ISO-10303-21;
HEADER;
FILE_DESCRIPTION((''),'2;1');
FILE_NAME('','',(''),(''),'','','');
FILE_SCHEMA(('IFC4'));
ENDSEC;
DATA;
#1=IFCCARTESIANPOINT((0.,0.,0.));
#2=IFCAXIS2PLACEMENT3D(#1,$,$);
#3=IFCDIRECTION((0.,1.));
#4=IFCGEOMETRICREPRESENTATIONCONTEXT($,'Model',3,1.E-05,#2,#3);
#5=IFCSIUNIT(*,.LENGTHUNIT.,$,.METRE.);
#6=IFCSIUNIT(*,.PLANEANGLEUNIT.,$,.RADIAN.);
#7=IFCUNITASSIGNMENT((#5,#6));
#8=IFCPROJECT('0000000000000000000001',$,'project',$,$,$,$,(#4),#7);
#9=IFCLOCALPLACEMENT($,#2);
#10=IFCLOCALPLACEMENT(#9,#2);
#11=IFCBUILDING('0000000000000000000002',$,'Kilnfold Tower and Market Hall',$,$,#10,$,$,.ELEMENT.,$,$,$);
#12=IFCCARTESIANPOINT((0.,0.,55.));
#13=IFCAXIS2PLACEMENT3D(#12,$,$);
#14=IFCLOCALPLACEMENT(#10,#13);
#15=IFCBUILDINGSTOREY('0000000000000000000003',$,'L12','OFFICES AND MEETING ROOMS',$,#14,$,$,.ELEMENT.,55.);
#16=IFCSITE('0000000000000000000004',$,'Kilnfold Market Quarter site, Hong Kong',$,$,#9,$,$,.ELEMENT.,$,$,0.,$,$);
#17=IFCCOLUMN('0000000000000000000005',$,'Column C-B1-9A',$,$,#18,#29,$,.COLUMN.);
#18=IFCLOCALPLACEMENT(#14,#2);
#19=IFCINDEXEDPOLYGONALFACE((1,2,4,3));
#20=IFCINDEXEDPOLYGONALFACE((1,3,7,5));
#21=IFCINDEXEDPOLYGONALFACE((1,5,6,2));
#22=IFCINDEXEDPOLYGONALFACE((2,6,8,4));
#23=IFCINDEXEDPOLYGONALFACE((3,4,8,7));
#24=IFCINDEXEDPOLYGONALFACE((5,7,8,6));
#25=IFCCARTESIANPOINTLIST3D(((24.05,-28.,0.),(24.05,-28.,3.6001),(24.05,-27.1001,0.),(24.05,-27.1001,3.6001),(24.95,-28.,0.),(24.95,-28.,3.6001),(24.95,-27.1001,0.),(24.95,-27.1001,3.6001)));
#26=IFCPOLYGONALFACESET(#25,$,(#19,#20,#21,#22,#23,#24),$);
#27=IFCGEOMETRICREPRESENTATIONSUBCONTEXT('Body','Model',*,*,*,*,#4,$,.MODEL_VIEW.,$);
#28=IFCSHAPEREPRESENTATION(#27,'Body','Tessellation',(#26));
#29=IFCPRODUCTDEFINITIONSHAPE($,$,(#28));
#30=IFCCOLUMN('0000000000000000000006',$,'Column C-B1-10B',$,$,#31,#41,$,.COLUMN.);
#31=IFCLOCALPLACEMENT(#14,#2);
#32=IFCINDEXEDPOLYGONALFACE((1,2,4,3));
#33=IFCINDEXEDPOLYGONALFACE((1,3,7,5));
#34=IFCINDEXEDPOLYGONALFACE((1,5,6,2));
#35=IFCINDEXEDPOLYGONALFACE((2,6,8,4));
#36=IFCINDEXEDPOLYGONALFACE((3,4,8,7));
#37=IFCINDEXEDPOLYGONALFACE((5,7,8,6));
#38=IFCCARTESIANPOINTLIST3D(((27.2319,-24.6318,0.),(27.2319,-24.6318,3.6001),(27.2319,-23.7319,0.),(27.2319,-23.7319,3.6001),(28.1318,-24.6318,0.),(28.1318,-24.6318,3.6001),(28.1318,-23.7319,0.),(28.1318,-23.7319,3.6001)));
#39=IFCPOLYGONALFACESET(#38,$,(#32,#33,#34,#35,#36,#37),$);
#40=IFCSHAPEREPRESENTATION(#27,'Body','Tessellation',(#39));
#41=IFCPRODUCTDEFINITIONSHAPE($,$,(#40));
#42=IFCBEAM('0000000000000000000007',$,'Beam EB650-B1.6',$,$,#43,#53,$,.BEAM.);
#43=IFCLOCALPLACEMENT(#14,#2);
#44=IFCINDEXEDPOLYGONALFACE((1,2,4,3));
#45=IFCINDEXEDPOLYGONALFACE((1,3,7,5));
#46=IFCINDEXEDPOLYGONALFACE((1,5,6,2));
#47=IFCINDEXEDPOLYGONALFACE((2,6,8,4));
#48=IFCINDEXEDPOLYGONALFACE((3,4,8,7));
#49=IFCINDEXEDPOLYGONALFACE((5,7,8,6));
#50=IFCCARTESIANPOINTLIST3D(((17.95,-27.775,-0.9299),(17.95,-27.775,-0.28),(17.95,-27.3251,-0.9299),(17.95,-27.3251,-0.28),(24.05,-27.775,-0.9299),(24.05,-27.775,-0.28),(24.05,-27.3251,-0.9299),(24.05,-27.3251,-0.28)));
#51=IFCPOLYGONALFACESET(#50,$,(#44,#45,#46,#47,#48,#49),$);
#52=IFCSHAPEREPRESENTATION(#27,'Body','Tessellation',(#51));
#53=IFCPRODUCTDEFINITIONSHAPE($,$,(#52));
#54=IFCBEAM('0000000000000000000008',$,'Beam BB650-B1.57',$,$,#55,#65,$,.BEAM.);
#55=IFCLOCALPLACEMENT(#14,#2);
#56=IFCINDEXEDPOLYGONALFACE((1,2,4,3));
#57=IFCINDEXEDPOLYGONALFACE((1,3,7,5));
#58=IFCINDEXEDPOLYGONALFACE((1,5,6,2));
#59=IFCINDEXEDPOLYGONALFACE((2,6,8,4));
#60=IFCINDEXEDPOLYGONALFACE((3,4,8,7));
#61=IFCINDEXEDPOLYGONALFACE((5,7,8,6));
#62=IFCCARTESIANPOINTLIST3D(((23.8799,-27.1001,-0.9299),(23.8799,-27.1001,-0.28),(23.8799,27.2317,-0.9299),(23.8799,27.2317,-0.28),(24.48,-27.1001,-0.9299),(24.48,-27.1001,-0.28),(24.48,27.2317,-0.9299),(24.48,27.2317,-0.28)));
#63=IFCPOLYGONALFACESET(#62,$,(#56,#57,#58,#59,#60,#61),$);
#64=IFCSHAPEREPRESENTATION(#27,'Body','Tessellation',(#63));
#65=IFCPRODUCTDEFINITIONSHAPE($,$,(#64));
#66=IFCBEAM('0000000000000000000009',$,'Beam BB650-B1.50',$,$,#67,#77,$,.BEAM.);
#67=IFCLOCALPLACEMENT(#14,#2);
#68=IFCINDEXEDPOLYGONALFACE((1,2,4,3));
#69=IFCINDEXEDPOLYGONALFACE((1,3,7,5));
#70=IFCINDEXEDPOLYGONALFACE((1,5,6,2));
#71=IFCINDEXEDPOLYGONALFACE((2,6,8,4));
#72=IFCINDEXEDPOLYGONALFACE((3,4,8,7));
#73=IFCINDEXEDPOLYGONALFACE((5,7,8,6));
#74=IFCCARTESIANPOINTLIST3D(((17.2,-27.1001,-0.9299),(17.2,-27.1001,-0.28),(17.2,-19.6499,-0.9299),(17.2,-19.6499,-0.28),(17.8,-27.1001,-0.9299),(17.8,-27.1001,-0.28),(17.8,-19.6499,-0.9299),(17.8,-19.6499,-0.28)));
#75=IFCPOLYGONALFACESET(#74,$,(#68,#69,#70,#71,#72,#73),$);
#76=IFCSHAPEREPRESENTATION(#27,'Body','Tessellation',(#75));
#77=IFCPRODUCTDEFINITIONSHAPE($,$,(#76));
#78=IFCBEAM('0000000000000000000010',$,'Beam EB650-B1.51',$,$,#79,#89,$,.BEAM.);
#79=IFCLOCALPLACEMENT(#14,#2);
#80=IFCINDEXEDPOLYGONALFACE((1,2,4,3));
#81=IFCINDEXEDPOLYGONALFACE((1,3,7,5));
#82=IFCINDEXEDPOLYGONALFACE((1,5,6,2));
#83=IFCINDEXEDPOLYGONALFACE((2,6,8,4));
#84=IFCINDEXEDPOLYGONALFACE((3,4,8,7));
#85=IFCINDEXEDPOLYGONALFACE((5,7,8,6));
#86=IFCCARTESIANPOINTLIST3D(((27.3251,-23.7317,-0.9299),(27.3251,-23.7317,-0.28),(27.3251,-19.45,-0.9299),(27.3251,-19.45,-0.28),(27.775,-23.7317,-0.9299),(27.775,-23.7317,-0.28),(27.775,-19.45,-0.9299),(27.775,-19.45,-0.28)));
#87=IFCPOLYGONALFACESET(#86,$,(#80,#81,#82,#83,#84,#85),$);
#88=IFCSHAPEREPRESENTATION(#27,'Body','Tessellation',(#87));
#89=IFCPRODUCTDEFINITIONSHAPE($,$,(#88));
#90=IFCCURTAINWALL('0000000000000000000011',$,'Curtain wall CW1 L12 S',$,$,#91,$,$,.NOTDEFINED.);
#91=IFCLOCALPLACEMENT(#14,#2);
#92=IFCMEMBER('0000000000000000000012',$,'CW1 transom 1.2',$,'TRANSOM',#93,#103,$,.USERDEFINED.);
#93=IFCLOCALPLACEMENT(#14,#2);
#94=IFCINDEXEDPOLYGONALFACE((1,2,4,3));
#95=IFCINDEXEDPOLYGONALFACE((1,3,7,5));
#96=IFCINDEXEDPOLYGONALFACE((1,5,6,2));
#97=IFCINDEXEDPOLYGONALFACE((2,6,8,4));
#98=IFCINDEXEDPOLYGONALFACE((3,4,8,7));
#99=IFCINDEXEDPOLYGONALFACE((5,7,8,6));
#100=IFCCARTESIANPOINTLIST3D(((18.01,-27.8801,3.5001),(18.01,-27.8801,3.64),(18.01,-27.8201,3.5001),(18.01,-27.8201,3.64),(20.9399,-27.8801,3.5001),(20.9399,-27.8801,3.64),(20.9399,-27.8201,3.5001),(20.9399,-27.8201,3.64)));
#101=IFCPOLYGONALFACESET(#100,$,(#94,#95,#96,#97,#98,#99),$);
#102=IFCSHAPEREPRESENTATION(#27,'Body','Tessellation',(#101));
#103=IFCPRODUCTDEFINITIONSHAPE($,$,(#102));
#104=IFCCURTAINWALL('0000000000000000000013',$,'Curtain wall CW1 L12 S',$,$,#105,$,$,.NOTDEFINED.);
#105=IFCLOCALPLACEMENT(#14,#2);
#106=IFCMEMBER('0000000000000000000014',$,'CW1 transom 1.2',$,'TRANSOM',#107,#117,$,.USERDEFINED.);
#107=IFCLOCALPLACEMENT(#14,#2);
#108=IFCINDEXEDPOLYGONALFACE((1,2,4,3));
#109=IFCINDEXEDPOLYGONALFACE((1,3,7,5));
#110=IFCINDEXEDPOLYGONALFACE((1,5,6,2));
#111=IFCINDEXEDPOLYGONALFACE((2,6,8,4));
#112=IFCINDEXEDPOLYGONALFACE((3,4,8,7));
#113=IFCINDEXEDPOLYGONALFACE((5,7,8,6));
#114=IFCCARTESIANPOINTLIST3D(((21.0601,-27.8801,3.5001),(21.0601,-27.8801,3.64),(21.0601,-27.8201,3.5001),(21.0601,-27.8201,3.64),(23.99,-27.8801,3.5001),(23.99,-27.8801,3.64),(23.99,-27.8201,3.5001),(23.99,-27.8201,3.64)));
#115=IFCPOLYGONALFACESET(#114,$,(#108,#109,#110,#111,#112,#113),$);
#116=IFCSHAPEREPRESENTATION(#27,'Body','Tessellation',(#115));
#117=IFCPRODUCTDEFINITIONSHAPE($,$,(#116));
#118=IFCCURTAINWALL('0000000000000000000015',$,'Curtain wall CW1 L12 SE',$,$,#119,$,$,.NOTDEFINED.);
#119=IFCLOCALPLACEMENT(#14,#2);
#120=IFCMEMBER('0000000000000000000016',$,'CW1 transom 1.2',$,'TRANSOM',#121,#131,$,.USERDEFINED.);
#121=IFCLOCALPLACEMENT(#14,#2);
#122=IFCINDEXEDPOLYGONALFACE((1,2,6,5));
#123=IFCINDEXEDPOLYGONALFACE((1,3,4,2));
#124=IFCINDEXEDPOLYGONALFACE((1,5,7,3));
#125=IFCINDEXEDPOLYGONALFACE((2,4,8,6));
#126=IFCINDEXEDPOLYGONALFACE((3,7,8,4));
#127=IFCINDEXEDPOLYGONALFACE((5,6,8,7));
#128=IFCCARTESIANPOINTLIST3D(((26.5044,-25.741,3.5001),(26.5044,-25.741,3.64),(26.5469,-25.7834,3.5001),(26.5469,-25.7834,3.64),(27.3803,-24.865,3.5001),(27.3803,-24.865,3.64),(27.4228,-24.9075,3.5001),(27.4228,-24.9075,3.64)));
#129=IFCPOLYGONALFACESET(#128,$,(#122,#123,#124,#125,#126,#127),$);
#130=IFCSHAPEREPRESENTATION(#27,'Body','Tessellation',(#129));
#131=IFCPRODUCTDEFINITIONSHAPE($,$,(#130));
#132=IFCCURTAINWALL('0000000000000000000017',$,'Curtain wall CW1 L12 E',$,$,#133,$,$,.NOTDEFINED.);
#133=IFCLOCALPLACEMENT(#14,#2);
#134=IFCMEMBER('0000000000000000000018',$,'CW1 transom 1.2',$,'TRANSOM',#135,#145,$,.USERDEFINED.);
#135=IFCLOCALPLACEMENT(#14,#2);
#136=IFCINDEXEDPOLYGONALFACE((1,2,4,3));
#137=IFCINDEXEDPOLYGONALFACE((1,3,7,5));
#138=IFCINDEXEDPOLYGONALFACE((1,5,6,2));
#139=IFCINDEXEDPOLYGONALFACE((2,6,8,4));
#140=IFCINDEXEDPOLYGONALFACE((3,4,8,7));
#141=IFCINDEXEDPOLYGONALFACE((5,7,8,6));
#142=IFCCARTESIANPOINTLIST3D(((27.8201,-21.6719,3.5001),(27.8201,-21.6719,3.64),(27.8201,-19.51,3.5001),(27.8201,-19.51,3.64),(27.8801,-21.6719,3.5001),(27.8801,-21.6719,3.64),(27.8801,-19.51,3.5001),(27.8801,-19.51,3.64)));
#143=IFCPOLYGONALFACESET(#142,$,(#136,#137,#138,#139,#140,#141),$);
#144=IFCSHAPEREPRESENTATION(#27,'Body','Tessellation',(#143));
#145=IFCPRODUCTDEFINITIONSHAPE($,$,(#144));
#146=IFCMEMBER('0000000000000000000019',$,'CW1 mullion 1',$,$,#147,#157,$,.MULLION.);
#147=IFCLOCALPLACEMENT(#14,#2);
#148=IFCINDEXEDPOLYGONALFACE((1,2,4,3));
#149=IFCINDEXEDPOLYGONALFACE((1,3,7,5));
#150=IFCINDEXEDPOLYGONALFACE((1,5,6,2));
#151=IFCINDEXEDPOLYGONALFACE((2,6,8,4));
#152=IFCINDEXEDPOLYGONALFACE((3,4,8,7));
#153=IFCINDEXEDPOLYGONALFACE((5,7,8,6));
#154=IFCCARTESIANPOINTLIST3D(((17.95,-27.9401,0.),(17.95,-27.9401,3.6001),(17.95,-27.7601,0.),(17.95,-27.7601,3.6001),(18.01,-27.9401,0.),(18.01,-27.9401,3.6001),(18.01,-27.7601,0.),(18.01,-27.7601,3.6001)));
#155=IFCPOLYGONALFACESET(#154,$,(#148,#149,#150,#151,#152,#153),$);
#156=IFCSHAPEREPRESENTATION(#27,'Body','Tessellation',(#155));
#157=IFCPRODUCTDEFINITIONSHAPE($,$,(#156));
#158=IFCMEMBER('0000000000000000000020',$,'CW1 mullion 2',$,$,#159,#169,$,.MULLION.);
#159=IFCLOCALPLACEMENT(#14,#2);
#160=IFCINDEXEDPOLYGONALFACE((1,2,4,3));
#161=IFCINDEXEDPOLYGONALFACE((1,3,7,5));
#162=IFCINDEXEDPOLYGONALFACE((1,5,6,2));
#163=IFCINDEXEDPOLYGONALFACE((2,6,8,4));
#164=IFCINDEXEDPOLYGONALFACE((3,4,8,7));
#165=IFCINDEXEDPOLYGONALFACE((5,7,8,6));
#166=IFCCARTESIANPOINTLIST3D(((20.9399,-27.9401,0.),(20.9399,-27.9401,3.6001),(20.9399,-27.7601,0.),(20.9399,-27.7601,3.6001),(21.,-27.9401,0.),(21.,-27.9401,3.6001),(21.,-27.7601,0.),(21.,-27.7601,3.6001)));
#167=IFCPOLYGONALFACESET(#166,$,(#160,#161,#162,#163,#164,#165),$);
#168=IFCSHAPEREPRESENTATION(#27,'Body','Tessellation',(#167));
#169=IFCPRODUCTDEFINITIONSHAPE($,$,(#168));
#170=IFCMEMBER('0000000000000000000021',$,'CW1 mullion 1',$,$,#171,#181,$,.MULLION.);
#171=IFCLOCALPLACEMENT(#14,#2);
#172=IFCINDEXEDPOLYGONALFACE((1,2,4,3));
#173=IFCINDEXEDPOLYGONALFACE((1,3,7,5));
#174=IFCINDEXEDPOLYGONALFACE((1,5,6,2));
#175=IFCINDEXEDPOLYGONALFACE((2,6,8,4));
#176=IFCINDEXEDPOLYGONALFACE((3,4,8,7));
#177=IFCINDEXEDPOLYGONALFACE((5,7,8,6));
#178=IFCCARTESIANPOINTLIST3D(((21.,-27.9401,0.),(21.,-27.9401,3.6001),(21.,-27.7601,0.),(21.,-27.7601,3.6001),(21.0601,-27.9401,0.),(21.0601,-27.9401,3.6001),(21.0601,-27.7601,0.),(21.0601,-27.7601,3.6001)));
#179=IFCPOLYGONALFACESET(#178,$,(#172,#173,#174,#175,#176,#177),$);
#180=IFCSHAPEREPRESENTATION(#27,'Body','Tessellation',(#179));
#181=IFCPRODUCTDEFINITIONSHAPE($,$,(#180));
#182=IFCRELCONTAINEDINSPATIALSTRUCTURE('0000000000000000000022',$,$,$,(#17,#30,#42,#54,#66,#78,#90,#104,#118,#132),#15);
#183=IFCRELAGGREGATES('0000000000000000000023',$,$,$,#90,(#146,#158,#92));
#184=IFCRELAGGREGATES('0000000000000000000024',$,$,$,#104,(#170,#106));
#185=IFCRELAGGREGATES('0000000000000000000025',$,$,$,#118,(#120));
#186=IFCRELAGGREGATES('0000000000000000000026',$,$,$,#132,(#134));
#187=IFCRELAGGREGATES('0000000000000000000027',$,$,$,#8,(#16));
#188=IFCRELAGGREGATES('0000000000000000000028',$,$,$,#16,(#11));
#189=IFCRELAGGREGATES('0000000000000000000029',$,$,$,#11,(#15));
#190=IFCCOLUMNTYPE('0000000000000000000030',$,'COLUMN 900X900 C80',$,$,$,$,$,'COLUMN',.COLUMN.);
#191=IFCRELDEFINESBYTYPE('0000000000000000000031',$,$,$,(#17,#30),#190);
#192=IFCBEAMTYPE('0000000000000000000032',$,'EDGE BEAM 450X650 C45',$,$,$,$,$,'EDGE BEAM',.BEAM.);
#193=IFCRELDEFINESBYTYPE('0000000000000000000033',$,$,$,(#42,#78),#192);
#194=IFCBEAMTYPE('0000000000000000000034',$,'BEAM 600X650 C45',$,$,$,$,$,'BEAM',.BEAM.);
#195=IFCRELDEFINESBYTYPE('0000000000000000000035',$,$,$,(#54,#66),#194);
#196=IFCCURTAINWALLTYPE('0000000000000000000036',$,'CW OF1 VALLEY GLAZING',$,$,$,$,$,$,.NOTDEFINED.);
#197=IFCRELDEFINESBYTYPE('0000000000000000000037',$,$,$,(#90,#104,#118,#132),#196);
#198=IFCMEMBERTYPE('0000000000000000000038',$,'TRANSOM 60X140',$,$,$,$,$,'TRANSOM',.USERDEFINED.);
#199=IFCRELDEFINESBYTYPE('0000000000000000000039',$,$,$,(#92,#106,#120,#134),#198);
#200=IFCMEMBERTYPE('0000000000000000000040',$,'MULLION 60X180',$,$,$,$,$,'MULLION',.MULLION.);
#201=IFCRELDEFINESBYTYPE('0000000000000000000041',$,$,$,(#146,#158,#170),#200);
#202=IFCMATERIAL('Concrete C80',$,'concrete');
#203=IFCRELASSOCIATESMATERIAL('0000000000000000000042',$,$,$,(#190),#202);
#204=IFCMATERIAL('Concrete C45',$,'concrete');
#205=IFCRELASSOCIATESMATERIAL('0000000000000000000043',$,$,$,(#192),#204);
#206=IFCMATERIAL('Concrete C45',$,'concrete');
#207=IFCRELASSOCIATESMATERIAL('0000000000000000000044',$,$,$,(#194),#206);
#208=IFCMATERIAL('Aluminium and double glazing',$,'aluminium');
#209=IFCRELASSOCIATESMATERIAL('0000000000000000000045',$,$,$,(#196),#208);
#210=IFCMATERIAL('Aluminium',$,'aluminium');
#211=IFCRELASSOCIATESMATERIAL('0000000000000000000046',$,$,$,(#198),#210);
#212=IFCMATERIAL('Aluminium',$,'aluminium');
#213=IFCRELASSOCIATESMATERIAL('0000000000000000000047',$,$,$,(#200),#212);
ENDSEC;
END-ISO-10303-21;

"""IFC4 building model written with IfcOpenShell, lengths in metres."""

from ifc_helpers import new_model, si_unit, direction, frame, origin, origin_2d, place, context, subcontext, project, spatial, rectangle, extrude, source, transform, mapped, material, material_profile, profile_set, type_object, element, aggregate, save


model = new_model("IFC4")

# Units and contexts
model_context = context("Model", 3, precision=1e-05, world=origin(), true_north=direction((0.0, 1.0)))
body_context = subcontext(model_context, "Body", "Model", "MODEL_VIEW")
ifc_project = project(units=[si_unit("LENGTHUNIT", "METRE"), si_unit("PLANEANGLEUNIT", "RADIAN")], contexts=[model_context])

# Site, building, storey
site_placement = place(None, origin())
site = spatial("IfcSite", under=ifc_project, at=site_placement, Name="Kilnfold Market Quarter site, Hong Kong", CompositionType="ELEMENT", RefElevation=0.0)
building_placement = place(site_placement, origin())
building = spatial("IfcBuilding", under=site, at=building_placement, Name="Kilnfold Tower and Market Hall", CompositionType="ELEMENT")
storey_placement = place(building_placement, frame((0.0, 0.0, 55.0)))
storey = spatial("IfcBuildingStorey", under=building, at=storey_placement, Name="L12", Description="OFFICES AND MEETING ROOMS", CompositionType="ELEMENT", Elevation=55.0)

# Columns
ifc_material_1 = material(Name="Concrete C80", Category="concrete")
ifc_material_profile_1 = material_profile(ifc_material_1, rectangle(XDim=0.8999, YDim=0.8999, at=origin_2d()), Name="RC 900x900")
ifc_profile_set_1 = profile_set([ifc_material_profile_1], Name="Concrete C80")
column_type = type_object("IfcColumnType", Name="COLUMN 900X900 C80", ElementType="COLUMN", PredefinedType="COLUMN", material=ifc_profile_set_1)
shared_shape_1 = source(origin(), body_context, "Body", "SweptSolid", [
    extrude(rectangle(XDim=0.8999, YDim=0.8999, at=origin_2d()), origin(), (0.0, 0.0, 1.0), 3.6001),
])
for number, where, z_axis, x_axis, name in (
    (1, (24.5, -27.55, 0.0), (0.0, 0.0, 1.0), (1.0, 0.0, 0.0), "Column C-B1-9A"),
    (2, (27.6819, -24.1819, 0.0), (0.0, 0.0, 1.0), (1.0, 0.0, 0.0), "Column C-B1-10B"),
):
    element("IfcColumn", number, at=place(storey_placement, frame(where, z_axis=z_axis, x_axis=x_axis)), inside=storey, type_object=column_type, Name=name, PredefinedType="COLUMN", context=body_context, shape_type="MappedRepresentation", body=[
        mapped(shared_shape_1, transform((0.0, 0.0, 0.0))),
    ])

# Beams
ifc_material_2 = material(Name="Concrete C45", Category="concrete")
ifc_material_profile_2 = material_profile(ifc_material_2, rectangle(XDim=0.45, YDim=0.6499, at=origin_2d()), Name="RC 450x650")
ifc_profile_set_2 = profile_set([ifc_material_profile_2], Name="Concrete C45")
beam_type_1 = type_object("IfcBeamType", Name="EDGE BEAM 450X650 C45", ElementType="EDGE BEAM", PredefinedType="BEAM", material=ifc_profile_set_2)
shared_shape_2 = source(origin(), body_context, "Body", "SweptSolid", [
    extrude(rectangle(XDim=0.45, YDim=0.6499, at=origin_2d()), origin(), (0.0, 0.0, 1.0), 6.1001),
])
beam_1_placement = place(storey_placement, frame((17.95, -27.55, -0.605), z_axis=(1.0, 0.0, 0.0), x_axis=(0.0, 1.0, 0.0)))
element("IfcBeam", 3, at=beam_1_placement, inside=storey, type_object=beam_type_1, Name="Beam EB650-B1.6", PredefinedType="BEAM", context=body_context, shape_type="MappedRepresentation", body=[
    mapped(shared_shape_2, transform((0.0, 0.0, 0.0))),
])
ifc_material_3 = material(Name="Concrete C45", Category="concrete")
ifc_material_profile_3 = material_profile(ifc_material_3, rectangle(XDim=0.6001, YDim=0.6499, at=origin_2d()), Name="RC 600x650")
ifc_profile_set_3 = profile_set([ifc_material_profile_3], Name="Concrete C45")
beam_type_2 = type_object("IfcBeamType", Name="BEAM 600X650 C45", ElementType="BEAM", PredefinedType="BEAM", material=ifc_profile_set_3)
shared_shape_3 = source(origin(), body_context, "Body", "SweptSolid", [
    extrude(rectangle(XDim=0.6001, YDim=0.6499, at=origin_2d()), origin(), (0.0, 0.0, 1.0), 54.3318),
])
beam_2_placement = place(storey_placement, frame((24.1799, -27.1001, -0.605), z_axis=(0.0, 1.0, 0.0), x_axis=(-1.0, 0.0, 0.0)))
element("IfcBeam", 4, at=beam_2_placement, inside=storey, type_object=beam_type_2, Name="Beam BB650-B1.57", PredefinedType="BEAM", context=body_context, shape_type="MappedRepresentation", body=[
    mapped(shared_shape_3, transform((0.0, 0.0, 0.0))),
])
shared_shape_4 = source(origin(), body_context, "Body", "SweptSolid", [
    extrude(rectangle(XDim=0.6001, YDim=0.6499, at=origin_2d()), origin(), (0.0, 0.0, 1.0), 7.4502),
])
beam_3_placement = place(storey_placement, frame((17.5, -27.1001, -0.605), z_axis=(0.0, 1.0, 0.0), x_axis=(-1.0, 0.0, 0.0)))
element("IfcBeam", 5, at=beam_3_placement, inside=storey, type_object=beam_type_2, Name="Beam BB650-B1.50", PredefinedType="BEAM", context=body_context, shape_type="MappedRepresentation", body=[
    mapped(shared_shape_4, transform((0.0, 0.0, 0.0))),
])
shared_shape_5 = source(origin(), body_context, "Body", "SweptSolid", [
    extrude(rectangle(XDim=0.45, YDim=0.6499, at=origin_2d()), origin(), (0.0, 0.0, 1.0), 4.2817),
])
beam_4_placement = place(storey_placement, frame((27.55, -23.7317, -0.605), z_axis=(0.0, 1.0, 0.0), x_axis=(-1.0, 0.0, 0.0)))
element("IfcBeam", 6, at=beam_4_placement, inside=storey, type_object=beam_type_1, Name="Beam EB650-B1.51", PredefinedType="BEAM", context=body_context, shape_type="MappedRepresentation", body=[
    mapped(shared_shape_5, transform((0.0, 0.0, 0.0))),
])

# Curtain walls, members
ifc_material_4 = material(Name="Aluminium and double glazing", Category="aluminium")
curtain_wall_type = type_object("IfcCurtainWallType", Name="CW OF1 VALLEY GLAZING", PredefinedType="NOTDEFINED", material=ifc_material_4)
curtain_wall_1_placement = place(storey_placement, origin())
curtain_wall_1 = element("IfcCurtainWall", 7, at=curtain_wall_1_placement, inside=storey, type_object=curtain_wall_type, Name="Curtain wall CW1 L12 S", PredefinedType="NOTDEFINED")
ifc_material_5 = material(Name="Aluminium", Category="aluminium")
ifc_material_profile_4 = material_profile(ifc_material_5, rectangle(XDim=0.0601, YDim=0.1399, at=origin_2d()), Name="TRANSOM 60x140")
ifc_profile_set_4 = profile_set([ifc_material_profile_4], Name="Aluminium")
member_type_1 = type_object("IfcMemberType", Name="TRANSOM 60X140", ElementType="TRANSOM", PredefinedType="USERDEFINED", material=ifc_profile_set_4)
shared_shape_6 = source(origin(), body_context, "Body", "SweptSolid", [
    extrude(rectangle(XDim=0.0601, YDim=0.1399, at=origin_2d()), origin(), (0.0, 0.0, 1.0), 2.9299),
])
member_1_placement = place(storey_placement, frame((18.01, -27.8501, 3.5701), z_axis=(1.0, 0.0, 0.0), x_axis=(0.0, 1.0, 0.0)))
member_1 = element("IfcMember", 8, at=member_1_placement, type_object=member_type_1, Name="CW1 transom 1.2", ObjectType="TRANSOM", PredefinedType="USERDEFINED", context=body_context, shape_type="MappedRepresentation", body=[
    mapped(shared_shape_6, transform((0.0, 0.0, 0.0))),
])
curtain_wall_2_placement = place(storey_placement, origin())
curtain_wall_2 = element("IfcCurtainWall", 9, at=curtain_wall_2_placement, inside=storey, type_object=curtain_wall_type, Name="Curtain wall CW1 L12 S", PredefinedType="NOTDEFINED")
member_2_placement = place(storey_placement, frame((21.0601, -27.8501, 3.5701), z_axis=(1.0, 0.0, 0.0), x_axis=(0.0, 1.0, 0.0)))
member_2 = element("IfcMember", 10, at=member_2_placement, type_object=member_type_1, Name="CW1 transom 1.2", ObjectType="TRANSOM", PredefinedType="USERDEFINED", context=body_context, shape_type="MappedRepresentation", body=[
    mapped(shared_shape_6, transform((0.0, 0.0, 0.0))),
])
curtain_wall_3_placement = place(storey_placement, origin())
curtain_wall_3 = element("IfcCurtainWall", 11, at=curtain_wall_3_placement, inside=storey, type_object=curtain_wall_type, Name="Curtain wall CW1 L12 SE", PredefinedType="NOTDEFINED")
shared_shape_7 = source(origin(), body_context, "Body", "SweptSolid", [
    extrude(rectangle(XDim=0.0601, YDim=0.1399, at=origin_2d()), origin(), (0.0, 0.0, 1.0), 1.2388),
])
member_3_placement = place(storey_placement, frame((26.5256, -25.7622, 3.5701), z_axis=(0.707107, 0.707107, 0.0), x_axis=(-0.707107, 0.707107, 0.0)))
member_3 = element("IfcMember", 12, at=member_3_placement, type_object=member_type_1, Name="CW1 transom 1.2", ObjectType="TRANSOM", PredefinedType="USERDEFINED", context=body_context, shape_type="MappedRepresentation", body=[
    mapped(shared_shape_7, transform((0.0, 0.0, 0.0))),
])
curtain_wall_4_placement = place(storey_placement, origin())
curtain_wall_4 = element("IfcCurtainWall", 13, at=curtain_wall_4_placement, inside=storey, type_object=curtain_wall_type, Name="Curtain wall CW1 L12 E", PredefinedType="NOTDEFINED")
shared_shape_8 = source(origin(), body_context, "Body", "SweptSolid", [
    extrude(rectangle(XDim=0.0601, YDim=0.1399, at=origin_2d()), origin(), (0.0, 0.0, 1.0), 2.1619),
])
member_4_placement = place(storey_placement, frame((27.8501, -21.6719, 3.5701), z_axis=(0.0, 1.0, 0.0), x_axis=(-1.0, 0.0, 0.0)))
member_4 = element("IfcMember", 14, at=member_4_placement, type_object=member_type_1, Name="CW1 transom 1.2", ObjectType="TRANSOM", PredefinedType="USERDEFINED", context=body_context, shape_type="MappedRepresentation", body=[
    mapped(shared_shape_8, transform((0.0, 0.0, 0.0))),
])

# Members
ifc_material_6 = material(Name="Aluminium", Category="aluminium")
ifc_material_profile_5 = material_profile(ifc_material_6, rectangle(XDim=0.0601, YDim=0.1799, at=origin_2d()), Name="MULLION 60x180")
ifc_profile_set_5 = profile_set([ifc_material_profile_5], Name="Aluminium")
member_type_2 = type_object("IfcMemberType", Name="MULLION 60X180", ElementType="MULLION", PredefinedType="MULLION", material=ifc_profile_set_5)
shared_shape_9 = source(origin(), body_context, "Body", "SweptSolid", [
    extrude(rectangle(XDim=0.0601, YDim=0.1799, at=origin_2d()), origin(), (0.0, 0.0, 1.0), 3.6001),
])
member_5_placement = place(storey_placement, frame((17.98, -27.8501, 0.0), z_axis=(0.0, 0.0, 1.0), x_axis=(1.0, 0.0, 0.0)))
member_5 = element("IfcMember", 15, at=member_5_placement, type_object=member_type_2, Name="CW1 mullion 1", PredefinedType="MULLION", context=body_context, shape_type="MappedRepresentation", body=[
    mapped(shared_shape_9, transform((0.0, 0.0, 0.0))),
])
member_6_placement = place(storey_placement, frame((20.97, -27.8501, 0.0), z_axis=(0.0, 0.0, 1.0), x_axis=(1.0, 0.0, 0.0)))
member_6 = element("IfcMember", 16, at=member_6_placement, type_object=member_type_2, Name="CW1 mullion 2", PredefinedType="MULLION", context=body_context, shape_type="MappedRepresentation", body=[
    mapped(shared_shape_9, transform((0.0, 0.0, 0.0))),
])
member_7_placement = place(storey_placement, frame((21.03, -27.8501, 0.0), z_axis=(0.0, 0.0, 1.0), x_axis=(1.0, 0.0, 0.0)))
member_7 = element("IfcMember", 17, at=member_7_placement, type_object=member_type_2, Name="CW1 mullion 1", PredefinedType="MULLION", context=body_context, shape_type="MappedRepresentation", body=[
    mapped(shared_shape_9, transform((0.0, 0.0, 0.0))),
])

aggregate(curtain_wall_1, [member_5, member_6, member_1])
aggregate(curtain_wall_2, [member_7, member_2])
aggregate(curtain_wall_3, [member_3])
aggregate(curtain_wall_4, [member_4])

save(model, "model.ifc")
